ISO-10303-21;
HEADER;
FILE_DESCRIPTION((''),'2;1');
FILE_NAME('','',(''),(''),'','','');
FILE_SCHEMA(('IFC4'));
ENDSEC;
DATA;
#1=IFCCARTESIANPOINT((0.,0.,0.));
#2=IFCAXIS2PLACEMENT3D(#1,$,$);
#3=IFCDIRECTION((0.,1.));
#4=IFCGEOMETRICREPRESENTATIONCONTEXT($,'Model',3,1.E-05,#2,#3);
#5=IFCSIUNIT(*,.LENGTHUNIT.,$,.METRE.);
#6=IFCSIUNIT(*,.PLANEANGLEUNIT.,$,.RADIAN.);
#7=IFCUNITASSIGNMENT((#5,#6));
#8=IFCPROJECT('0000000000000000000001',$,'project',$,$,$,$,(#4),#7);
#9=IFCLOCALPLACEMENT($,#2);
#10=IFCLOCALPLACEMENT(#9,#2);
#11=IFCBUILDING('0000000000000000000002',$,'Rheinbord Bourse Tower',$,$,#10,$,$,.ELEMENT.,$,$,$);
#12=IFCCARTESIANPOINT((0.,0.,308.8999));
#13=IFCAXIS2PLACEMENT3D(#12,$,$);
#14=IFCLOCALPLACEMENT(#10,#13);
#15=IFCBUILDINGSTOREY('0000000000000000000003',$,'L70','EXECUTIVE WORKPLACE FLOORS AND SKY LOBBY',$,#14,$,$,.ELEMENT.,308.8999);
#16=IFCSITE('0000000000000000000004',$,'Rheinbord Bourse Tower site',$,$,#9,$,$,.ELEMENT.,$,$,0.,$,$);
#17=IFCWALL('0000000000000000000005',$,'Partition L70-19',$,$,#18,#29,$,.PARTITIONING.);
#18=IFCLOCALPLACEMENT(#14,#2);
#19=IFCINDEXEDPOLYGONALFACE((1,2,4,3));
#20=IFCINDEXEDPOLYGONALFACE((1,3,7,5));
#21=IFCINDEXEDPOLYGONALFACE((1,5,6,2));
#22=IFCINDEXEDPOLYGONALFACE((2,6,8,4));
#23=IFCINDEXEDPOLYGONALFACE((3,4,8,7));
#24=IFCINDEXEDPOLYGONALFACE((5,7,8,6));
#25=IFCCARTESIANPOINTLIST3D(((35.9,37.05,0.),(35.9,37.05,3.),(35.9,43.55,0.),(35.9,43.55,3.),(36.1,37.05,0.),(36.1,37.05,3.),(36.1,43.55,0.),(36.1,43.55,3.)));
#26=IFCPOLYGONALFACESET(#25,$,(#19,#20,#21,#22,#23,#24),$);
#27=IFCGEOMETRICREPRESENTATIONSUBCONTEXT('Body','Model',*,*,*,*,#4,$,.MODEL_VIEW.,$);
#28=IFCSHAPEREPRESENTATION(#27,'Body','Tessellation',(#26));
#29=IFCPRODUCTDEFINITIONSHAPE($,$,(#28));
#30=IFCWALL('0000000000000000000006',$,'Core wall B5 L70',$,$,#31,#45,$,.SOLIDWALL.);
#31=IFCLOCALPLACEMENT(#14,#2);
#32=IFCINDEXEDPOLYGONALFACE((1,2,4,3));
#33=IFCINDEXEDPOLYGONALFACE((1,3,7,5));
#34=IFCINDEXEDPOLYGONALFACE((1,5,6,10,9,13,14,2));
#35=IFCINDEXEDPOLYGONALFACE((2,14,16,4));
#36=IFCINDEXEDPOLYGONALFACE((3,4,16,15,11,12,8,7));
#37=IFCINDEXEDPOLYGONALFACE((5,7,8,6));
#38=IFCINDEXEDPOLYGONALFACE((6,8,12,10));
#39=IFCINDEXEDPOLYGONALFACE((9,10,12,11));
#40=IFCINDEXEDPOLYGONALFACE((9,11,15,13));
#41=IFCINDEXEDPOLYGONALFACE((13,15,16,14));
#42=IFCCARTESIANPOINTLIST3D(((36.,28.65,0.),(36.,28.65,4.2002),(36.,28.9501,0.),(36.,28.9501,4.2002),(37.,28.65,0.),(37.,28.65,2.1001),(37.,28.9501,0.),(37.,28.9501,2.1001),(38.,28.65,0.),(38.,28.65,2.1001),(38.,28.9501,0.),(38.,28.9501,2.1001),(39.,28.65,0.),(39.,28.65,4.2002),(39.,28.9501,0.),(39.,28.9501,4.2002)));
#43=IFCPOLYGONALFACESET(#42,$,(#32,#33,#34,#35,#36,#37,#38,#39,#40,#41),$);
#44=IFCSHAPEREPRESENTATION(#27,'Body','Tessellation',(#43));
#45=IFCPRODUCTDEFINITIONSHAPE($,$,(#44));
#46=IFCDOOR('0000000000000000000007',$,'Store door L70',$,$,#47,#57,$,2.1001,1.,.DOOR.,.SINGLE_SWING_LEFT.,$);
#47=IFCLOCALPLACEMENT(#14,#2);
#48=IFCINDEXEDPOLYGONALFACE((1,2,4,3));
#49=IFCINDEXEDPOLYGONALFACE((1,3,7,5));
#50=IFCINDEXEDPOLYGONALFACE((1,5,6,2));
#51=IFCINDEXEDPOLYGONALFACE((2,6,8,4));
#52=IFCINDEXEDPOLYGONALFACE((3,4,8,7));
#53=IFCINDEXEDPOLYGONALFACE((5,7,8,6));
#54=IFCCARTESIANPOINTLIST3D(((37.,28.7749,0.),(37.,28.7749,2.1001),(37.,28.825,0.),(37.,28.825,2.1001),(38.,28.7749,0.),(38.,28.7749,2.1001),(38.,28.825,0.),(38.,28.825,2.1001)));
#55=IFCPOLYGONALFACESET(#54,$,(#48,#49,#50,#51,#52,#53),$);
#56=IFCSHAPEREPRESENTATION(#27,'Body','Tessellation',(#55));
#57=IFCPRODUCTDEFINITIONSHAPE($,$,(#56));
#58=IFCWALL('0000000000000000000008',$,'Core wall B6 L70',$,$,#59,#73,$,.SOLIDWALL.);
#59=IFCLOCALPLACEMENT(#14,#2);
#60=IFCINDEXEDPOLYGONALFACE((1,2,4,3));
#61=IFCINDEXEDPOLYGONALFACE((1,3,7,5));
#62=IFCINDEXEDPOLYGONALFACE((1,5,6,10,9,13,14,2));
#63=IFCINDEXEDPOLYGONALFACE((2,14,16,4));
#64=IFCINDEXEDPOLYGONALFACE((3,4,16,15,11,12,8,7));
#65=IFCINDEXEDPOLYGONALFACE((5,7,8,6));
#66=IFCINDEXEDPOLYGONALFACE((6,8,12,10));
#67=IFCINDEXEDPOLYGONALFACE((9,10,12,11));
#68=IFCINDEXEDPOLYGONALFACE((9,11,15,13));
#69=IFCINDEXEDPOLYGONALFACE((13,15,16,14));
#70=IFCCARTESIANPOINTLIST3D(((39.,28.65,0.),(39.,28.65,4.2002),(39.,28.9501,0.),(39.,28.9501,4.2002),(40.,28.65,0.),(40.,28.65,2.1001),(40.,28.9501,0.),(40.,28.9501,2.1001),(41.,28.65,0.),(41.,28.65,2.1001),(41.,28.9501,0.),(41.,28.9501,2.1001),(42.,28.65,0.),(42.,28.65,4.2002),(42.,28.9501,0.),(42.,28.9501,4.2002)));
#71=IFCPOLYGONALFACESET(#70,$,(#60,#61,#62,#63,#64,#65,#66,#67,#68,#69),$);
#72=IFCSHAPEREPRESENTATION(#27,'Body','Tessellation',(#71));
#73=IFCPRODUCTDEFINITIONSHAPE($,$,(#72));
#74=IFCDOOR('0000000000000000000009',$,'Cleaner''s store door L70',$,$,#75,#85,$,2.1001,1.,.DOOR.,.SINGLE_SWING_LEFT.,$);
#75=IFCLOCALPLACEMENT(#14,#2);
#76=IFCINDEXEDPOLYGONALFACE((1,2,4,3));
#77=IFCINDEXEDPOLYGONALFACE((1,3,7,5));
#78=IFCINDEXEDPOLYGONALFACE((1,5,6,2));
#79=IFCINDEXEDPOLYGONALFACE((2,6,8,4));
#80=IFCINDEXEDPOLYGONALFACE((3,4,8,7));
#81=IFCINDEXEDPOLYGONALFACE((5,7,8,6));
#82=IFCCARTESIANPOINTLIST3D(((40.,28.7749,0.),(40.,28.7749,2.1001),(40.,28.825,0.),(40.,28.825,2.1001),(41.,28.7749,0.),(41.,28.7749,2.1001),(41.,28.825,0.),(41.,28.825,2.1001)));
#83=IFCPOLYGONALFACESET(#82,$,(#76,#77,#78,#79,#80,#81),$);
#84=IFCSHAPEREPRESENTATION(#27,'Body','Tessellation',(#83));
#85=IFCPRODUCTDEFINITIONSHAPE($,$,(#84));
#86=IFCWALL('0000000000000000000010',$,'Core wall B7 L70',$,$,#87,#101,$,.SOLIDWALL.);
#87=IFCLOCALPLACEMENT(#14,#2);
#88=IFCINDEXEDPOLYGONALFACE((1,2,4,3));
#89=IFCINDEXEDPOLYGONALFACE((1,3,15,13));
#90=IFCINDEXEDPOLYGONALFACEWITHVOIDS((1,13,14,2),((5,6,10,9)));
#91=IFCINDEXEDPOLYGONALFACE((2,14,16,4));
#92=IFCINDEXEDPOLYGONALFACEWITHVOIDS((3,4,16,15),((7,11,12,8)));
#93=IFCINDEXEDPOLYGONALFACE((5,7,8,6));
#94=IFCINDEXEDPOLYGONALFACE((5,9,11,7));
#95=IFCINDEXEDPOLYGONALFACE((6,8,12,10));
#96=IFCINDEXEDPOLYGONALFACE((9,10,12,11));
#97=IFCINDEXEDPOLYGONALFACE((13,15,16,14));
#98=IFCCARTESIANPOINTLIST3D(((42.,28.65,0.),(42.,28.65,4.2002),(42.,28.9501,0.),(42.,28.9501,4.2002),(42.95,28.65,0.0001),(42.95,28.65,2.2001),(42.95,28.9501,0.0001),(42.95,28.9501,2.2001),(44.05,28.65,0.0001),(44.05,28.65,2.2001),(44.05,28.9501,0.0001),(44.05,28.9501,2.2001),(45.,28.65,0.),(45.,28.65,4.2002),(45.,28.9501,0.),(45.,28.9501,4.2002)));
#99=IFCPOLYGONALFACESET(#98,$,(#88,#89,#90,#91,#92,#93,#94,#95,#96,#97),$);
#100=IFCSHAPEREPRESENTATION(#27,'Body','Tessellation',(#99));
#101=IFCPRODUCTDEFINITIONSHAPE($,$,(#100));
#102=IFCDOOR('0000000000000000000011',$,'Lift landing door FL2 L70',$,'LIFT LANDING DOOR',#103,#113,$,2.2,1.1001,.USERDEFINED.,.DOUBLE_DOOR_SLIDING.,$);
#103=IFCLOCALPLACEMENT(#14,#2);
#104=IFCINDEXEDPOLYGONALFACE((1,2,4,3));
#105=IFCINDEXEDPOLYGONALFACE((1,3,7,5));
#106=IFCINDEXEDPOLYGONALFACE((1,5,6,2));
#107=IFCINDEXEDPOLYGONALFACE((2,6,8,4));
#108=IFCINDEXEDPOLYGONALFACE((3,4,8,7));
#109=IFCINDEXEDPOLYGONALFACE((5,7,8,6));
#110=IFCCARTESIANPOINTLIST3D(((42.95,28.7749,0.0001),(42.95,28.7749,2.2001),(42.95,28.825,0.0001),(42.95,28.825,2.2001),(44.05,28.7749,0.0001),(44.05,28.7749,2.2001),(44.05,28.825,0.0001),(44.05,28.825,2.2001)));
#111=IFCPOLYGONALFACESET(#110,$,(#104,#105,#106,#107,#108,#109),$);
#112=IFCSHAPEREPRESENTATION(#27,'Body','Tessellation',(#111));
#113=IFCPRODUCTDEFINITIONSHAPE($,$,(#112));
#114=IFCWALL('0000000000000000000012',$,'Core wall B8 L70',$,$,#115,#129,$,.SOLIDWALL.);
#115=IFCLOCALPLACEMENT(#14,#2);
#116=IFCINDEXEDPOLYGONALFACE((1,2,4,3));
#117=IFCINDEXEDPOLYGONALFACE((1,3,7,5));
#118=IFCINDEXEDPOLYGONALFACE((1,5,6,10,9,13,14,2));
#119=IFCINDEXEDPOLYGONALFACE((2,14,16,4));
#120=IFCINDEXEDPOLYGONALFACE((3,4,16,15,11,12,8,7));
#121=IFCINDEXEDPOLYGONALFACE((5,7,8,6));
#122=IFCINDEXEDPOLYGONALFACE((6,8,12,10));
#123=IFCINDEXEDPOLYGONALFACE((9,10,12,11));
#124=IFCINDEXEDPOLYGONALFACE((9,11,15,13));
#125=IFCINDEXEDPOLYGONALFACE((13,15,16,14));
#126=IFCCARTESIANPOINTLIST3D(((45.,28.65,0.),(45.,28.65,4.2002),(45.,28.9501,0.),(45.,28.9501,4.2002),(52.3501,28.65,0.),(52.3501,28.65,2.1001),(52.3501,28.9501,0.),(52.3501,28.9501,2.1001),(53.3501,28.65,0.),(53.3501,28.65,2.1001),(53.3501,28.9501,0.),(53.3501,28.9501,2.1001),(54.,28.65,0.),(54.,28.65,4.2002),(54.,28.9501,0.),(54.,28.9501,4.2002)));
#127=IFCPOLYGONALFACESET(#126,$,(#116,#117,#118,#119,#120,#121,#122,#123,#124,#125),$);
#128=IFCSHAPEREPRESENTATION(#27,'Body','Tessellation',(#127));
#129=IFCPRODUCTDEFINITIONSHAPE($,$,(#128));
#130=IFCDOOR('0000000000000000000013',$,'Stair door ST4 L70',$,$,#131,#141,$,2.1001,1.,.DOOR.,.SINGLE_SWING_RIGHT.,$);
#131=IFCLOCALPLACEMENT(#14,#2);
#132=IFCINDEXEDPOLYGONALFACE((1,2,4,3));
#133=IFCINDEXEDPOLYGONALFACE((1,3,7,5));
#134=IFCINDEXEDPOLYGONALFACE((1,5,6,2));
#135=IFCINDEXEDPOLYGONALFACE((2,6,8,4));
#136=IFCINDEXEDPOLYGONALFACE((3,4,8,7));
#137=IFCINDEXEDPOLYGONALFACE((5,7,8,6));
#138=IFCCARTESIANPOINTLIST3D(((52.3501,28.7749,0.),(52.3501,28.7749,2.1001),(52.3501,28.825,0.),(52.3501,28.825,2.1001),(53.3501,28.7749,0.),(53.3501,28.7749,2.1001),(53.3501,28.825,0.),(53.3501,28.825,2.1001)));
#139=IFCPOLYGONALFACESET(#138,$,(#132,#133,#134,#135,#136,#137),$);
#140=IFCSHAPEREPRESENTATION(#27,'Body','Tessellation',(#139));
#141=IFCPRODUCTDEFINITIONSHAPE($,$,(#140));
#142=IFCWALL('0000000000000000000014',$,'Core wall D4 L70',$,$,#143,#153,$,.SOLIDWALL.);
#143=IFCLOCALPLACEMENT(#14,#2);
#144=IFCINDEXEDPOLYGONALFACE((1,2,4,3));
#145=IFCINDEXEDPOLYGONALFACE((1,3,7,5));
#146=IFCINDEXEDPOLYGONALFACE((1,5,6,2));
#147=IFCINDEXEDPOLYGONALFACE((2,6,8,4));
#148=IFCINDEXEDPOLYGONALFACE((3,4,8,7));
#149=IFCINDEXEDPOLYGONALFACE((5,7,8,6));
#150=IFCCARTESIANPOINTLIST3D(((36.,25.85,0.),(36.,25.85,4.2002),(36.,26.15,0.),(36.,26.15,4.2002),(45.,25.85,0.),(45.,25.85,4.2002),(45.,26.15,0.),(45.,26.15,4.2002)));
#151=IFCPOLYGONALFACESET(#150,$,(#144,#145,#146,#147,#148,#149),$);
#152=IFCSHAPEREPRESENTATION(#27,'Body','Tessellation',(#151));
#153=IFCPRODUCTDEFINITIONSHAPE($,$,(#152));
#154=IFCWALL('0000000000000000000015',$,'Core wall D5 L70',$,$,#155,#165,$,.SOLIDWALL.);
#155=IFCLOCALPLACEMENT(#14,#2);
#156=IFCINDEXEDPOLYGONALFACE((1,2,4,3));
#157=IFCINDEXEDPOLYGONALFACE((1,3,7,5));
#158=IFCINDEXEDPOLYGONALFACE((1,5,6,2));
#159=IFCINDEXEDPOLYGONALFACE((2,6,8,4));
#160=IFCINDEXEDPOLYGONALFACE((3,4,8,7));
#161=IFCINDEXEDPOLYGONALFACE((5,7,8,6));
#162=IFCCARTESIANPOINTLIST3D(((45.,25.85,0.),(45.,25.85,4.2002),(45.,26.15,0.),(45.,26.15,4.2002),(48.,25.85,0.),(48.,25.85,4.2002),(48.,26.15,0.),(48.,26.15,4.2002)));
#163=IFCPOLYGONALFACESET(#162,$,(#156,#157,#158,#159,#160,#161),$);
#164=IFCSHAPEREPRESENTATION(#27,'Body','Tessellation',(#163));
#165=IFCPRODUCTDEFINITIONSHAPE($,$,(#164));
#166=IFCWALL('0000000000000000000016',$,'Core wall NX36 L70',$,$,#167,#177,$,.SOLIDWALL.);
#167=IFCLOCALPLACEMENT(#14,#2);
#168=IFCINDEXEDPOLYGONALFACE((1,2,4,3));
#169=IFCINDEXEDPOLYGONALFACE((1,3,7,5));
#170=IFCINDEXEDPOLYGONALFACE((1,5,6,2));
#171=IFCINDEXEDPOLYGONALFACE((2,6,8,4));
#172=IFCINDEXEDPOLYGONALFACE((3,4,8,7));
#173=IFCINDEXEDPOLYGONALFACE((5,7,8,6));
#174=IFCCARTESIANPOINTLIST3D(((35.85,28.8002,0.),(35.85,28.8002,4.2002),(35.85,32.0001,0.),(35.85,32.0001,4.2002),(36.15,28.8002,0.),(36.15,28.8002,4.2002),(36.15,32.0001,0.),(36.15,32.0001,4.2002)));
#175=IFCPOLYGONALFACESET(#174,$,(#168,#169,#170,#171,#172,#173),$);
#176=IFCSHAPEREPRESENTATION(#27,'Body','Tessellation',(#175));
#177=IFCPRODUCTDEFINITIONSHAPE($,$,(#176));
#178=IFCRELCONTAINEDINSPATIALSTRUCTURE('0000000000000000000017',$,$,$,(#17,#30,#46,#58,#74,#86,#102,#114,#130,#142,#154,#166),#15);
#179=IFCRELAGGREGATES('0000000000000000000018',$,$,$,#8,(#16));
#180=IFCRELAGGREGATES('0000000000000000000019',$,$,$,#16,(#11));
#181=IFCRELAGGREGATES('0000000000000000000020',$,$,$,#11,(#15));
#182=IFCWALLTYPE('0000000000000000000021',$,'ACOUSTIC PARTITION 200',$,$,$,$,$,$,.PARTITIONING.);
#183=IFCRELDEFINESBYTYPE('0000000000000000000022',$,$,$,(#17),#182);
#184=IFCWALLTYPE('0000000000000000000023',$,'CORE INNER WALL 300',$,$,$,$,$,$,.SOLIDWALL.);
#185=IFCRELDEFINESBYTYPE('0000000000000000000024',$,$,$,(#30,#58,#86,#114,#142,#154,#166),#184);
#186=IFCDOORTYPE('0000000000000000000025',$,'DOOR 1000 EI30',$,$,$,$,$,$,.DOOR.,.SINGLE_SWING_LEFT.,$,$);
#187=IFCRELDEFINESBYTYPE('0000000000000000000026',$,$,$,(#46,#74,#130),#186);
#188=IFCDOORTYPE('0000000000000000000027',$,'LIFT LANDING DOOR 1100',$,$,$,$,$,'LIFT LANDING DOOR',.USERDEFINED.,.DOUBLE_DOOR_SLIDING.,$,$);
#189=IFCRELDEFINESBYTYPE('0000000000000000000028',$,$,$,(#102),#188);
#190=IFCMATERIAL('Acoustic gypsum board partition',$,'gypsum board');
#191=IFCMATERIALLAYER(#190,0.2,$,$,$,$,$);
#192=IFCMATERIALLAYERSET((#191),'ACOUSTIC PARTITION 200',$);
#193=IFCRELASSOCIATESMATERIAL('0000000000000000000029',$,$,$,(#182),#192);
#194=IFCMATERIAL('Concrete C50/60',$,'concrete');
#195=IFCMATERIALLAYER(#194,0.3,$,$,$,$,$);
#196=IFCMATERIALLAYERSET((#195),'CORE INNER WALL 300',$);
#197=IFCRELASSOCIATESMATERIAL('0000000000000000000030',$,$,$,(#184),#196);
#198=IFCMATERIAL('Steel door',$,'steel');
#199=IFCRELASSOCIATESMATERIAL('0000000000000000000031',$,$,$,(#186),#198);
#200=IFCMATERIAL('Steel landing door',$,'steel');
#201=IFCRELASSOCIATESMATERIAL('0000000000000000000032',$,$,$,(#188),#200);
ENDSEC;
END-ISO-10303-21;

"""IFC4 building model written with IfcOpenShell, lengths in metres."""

from ifc_helpers import new_model, si_unit, direction, frame, frame_2d, origin, place, context, subcontext, project, spatial, rectangle, extrude, material, layer, layer_set, type_object, element, fill, save


model = new_model("IFC4")

# Units and contexts
model_context = context("Model", 3, precision=1e-05, world=origin(), true_north=direction((0.0, 1.0)))
body_context = subcontext(model_context, "Body", "Model", "MODEL_VIEW")
ifc_project = project(units=[si_unit("LENGTHUNIT", "METRE"), si_unit("PLANEANGLEUNIT", "RADIAN")], contexts=[model_context])

# Site, building, storey
site_placement = place(None, origin())
site = spatial("IfcSite", under=ifc_project, at=site_placement, Name="Rheinbord Bourse Tower site", CompositionType="ELEMENT", RefElevation=0.0)
building_placement = place(site_placement, origin())
building = spatial("IfcBuilding", under=site, at=building_placement, Name="Rheinbord Bourse Tower", CompositionType="ELEMENT")
storey_placement = place(building_placement, frame((0.0, 0.0, 308.8999)))
storey = spatial("IfcBuildingStorey", under=building, at=storey_placement, Name="L70", Description="EXECUTIVE WORKPLACE FLOORS AND SKY LOBBY", CompositionType="ELEMENT", Elevation=308.8999)

# Wall
ifc_material_1 = material(Name="Acoustic gypsum board partition", Category="gypsum board")
ifc_layer_1 = layer(ifc_material_1, 0.2)
ifc_layer_set_1 = layer_set([ifc_layer_1], Name="ACOUSTIC PARTITION 200")
wall_type_1 = type_object("IfcWallType", Name="ACOUSTIC PARTITION 200", PredefinedType="PARTITIONING", material=ifc_layer_set_1)
wall_1_placement = place(storey_placement, frame((36.0, 37.05, 0.0), z_axis=(0.0, 0.0, 1.0), x_axis=(0.0, 1.0, 0.0)))
element("IfcWall", 1, at=wall_1_placement, inside=storey, type_object=wall_type_1, Name="Partition L70-19", PredefinedType="PARTITIONING", context=body_context, shape_type="SweptSolid", body=[
    extrude(rectangle(XDim=6.5, YDim=0.2, at=frame_2d((3.25, 0.0))), origin(), (0.0, 0.0, 1.0), 3.0),
])

# Walls, openings, doors
ifc_material_2 = material(Name="Concrete C50/60", Category="concrete")
ifc_layer_2 = layer(ifc_material_2, 0.3)
ifc_layer_set_2 = layer_set([ifc_layer_2], Name="CORE INNER WALL 300")
wall_type_2 = type_object("IfcWallType", Name="CORE INNER WALL 300", PredefinedType="SOLIDWALL", material=ifc_layer_set_2)
wall_2_placement = place(storey_placement, frame((36.0, 28.8, 0.0), z_axis=(0.0, 0.0, 1.0), x_axis=(1.0, 0.0, 0.0)))
wall_2 = element("IfcWall", 2, at=wall_2_placement, inside=storey, type_object=wall_type_2, Name="Core wall B5 L70", PredefinedType="SOLIDWALL", context=body_context, shape_type="SweptSolid", body=[
    extrude(rectangle(XDim=3.0, YDim=0.3, at=frame_2d((1.5, 0.0))), origin(), (0.0, 0.0, 1.0), 4.2002),
])
opening_1_placement = place(wall_2_placement, frame((1.0, 0.0, 0.0)))
opening_1 = element("IfcOpeningElement", 3, at=opening_1_placement, cuts=wall_2, PredefinedType="OPENING", context=body_context, shape_type="SweptSolid", body=[
    extrude(rectangle(XDim=1.0, YDim=2.1001, at=frame_2d((0.5, 1.05))), frame((0.0, 0.1599, 0.0), z_axis=(0.0, -1.0, 0.0), x_axis=(1.0, 0.0, 0.0)), (0.0, 0.0, 1.0), 0.3201),
])
ifc_material_3 = material(Name="Steel door", Category="steel")
door_type_1 = type_object("IfcDoorType", Name="DOOR 1000 EI30", OperationType="SINGLE_SWING_LEFT", PredefinedType="DOOR", material=ifc_material_3)
door_1_placement = place(opening_1_placement, origin())
door_1 = element("IfcDoor", 4, at=door_1_placement, inside=storey, type_object=door_type_1, Name="Store door L70", OperationType="SINGLE_SWING_LEFT", OverallHeight=2.1001, OverallWidth=1.0, PredefinedType="DOOR", context=body_context, shape_type="SweptSolid", body=[
    extrude(rectangle(XDim=1.0, YDim=2.1001, at=frame_2d((0.5, 1.05))), frame((0.0, 0.0249, 0.0), z_axis=(0.0, -1.0, 0.0), x_axis=(1.0, 0.0, 0.0)), (0.0, 0.0, 1.0), 0.05),
])
fill(opening_1, door_1)
wall_3_placement = place(storey_placement, frame((39.0, 28.8, 0.0), z_axis=(0.0, 0.0, 1.0), x_axis=(1.0, 0.0, 0.0)))
wall_3 = element("IfcWall", 5, at=wall_3_placement, inside=storey, type_object=wall_type_2, Name="Core wall B6 L70", PredefinedType="SOLIDWALL", context=body_context, shape_type="SweptSolid", body=[
    extrude(rectangle(XDim=3.0, YDim=0.3, at=frame_2d((1.5, 0.0))), origin(), (0.0, 0.0, 1.0), 4.2002),
])
opening_2_placement = place(wall_3_placement, frame((1.0, 0.0, 0.0)))
opening_2 = element("IfcOpeningElement", 6, at=opening_2_placement, cuts=wall_3, PredefinedType="OPENING", context=body_context, shape_type="SweptSolid", body=[
    extrude(rectangle(XDim=1.0, YDim=2.1001, at=frame_2d((0.5, 1.05))), frame((0.0, 0.1599, 0.0), z_axis=(0.0, -1.0, 0.0), x_axis=(1.0, 0.0, 0.0)), (0.0, 0.0, 1.0), 0.3201),
])
door_2_placement = place(opening_2_placement, origin())
door_2 = element("IfcDoor", 7, at=door_2_placement, inside=storey, type_object=door_type_1, Name="Cleaner's store door L70", OperationType="SINGLE_SWING_LEFT", OverallHeight=2.1001, OverallWidth=1.0, PredefinedType="DOOR", context=body_context, shape_type="SweptSolid", body=[
    extrude(rectangle(XDim=1.0, YDim=2.1001, at=frame_2d((0.5, 1.05))), frame((0.0, 0.0249, 0.0), z_axis=(0.0, -1.0, 0.0), x_axis=(1.0, 0.0, 0.0)), (0.0, 0.0, 1.0), 0.05),
])
fill(opening_2, door_2)
wall_4_placement = place(storey_placement, frame((42.0, 28.8, 0.0), z_axis=(0.0, 0.0, 1.0), x_axis=(1.0, 0.0, 0.0)))
wall_4 = element("IfcWall", 8, at=wall_4_placement, inside=storey, type_object=wall_type_2, Name="Core wall B7 L70", PredefinedType="SOLIDWALL", context=body_context, shape_type="SweptSolid", body=[
    extrude(rectangle(XDim=3.0, YDim=0.3, at=frame_2d((1.5, 0.0))), origin(), (0.0, 0.0, 1.0), 4.2002),
])
opening_3_placement = place(wall_4_placement, frame((0.95, 0.0, 0.0)))
opening_3 = element("IfcOpeningElement", 9, at=opening_3_placement, cuts=wall_4, PredefinedType="OPENING", context=body_context, shape_type="SweptSolid", body=[
    extrude(rectangle(XDim=1.1001, YDim=2.2, at=frame_2d((0.55, 1.1001))), frame((0.0, 0.1599, 0.0), z_axis=(0.0, -1.0, 0.0), x_axis=(1.0, 0.0, 0.0)), (0.0, 0.0, 1.0), 0.3201),
])
ifc_material_4 = material(Name="Steel landing door", Category="steel")
door_type_2 = type_object("IfcDoorType", Name="LIFT LANDING DOOR 1100", ElementType="LIFT LANDING DOOR", OperationType="DOUBLE_DOOR_SLIDING", PredefinedType="USERDEFINED", material=ifc_material_4)
door_3_placement = place(opening_3_placement, origin())
door_3 = element("IfcDoor", 10, at=door_3_placement, inside=storey, type_object=door_type_2, Name="Lift landing door FL2 L70", ObjectType="LIFT LANDING DOOR", OperationType="DOUBLE_DOOR_SLIDING", OverallHeight=2.2, OverallWidth=1.1001, PredefinedType="USERDEFINED", context=body_context, shape_type="SweptSolid", body=[
    extrude(rectangle(XDim=1.1001, YDim=2.2, at=frame_2d((0.55, 1.1001))), frame((0.0, 0.0249, 0.0), z_axis=(0.0, -1.0, 0.0), x_axis=(1.0, 0.0, 0.0)), (0.0, 0.0, 1.0), 0.05),
])
fill(opening_3, door_3)
wall_5_placement = place(storey_placement, frame((45.0, 28.8, 0.0), z_axis=(0.0, 0.0, 1.0), x_axis=(1.0, 0.0, 0.0)))
wall_5 = element("IfcWall", 11, at=wall_5_placement, inside=storey, type_object=wall_type_2, Name="Core wall B8 L70", PredefinedType="SOLIDWALL", context=body_context, shape_type="SweptSolid", body=[
    extrude(rectangle(XDim=9.0, YDim=0.3, at=frame_2d((4.5, 0.0))), origin(), (0.0, 0.0, 1.0), 4.2002),
])
opening_4_placement = place(wall_5_placement, frame((7.3501, 0.0, 0.0)))
opening_4 = element("IfcOpeningElement", 12, at=opening_4_placement, cuts=wall_5, PredefinedType="OPENING", context=body_context, shape_type="SweptSolid", body=[
    extrude(rectangle(XDim=1.0, YDim=2.1001, at=frame_2d((0.5, 1.05))), frame((0.0, 0.1599, 0.0), z_axis=(0.0, -1.0, 0.0), x_axis=(1.0, 0.0, 0.0)), (0.0, 0.0, 1.0), 0.3201),
])
door_4_placement = place(opening_4_placement, origin())
door_4 = element("IfcDoor", 13, at=door_4_placement, inside=storey, type_object=door_type_1, Name="Stair door ST4 L70", OperationType="SINGLE_SWING_RIGHT", OverallHeight=2.1001, OverallWidth=1.0, PredefinedType="DOOR", context=body_context, shape_type="SweptSolid", body=[
    extrude(rectangle(XDim=1.0, YDim=2.1001, at=frame_2d((0.5, 1.05))), frame((0.0, 0.0249, 0.0), z_axis=(0.0, -1.0, 0.0), x_axis=(1.0, 0.0, 0.0)), (0.0, 0.0, 1.0), 0.05),
])
fill(opening_4, door_4)

# Walls
wall_6_placement = place(storey_placement, frame((36.0, 26.0, 0.0), z_axis=(0.0, 0.0, 1.0), x_axis=(1.0, 0.0, 0.0)))
element("IfcWall", 14, at=wall_6_placement, inside=storey, type_object=wall_type_2, Name="Core wall D4 L70", PredefinedType="SOLIDWALL", context=body_context, shape_type="SweptSolid", body=[
    extrude(rectangle(XDim=9.0, YDim=0.3, at=frame_2d((4.5, 0.0))), origin(), (0.0, 0.0, 1.0), 4.2002),
])
wall_7_placement = place(storey_placement, frame((45.0, 26.0, 0.0), z_axis=(0.0, 0.0, 1.0), x_axis=(1.0, 0.0, 0.0)))
element("IfcWall", 15, at=wall_7_placement, inside=storey, type_object=wall_type_2, Name="Core wall D5 L70", PredefinedType="SOLIDWALL", context=body_context, shape_type="SweptSolid", body=[
    extrude(rectangle(XDim=3.0, YDim=0.3, at=frame_2d((1.5, 0.0))), origin(), (0.0, 0.0, 1.0), 4.2002),
])
for number, where, z_axis, x_axis, name in (
    (16, (36.0, 28.8, 0.0), (0.0, 0.0, 1.0), (0.0, 1.0, 0.0), "Core wall NX36 L70"),
):
    element("IfcWall", number, at=place(storey_placement, frame(where, z_axis=z_axis, x_axis=x_axis)), inside=storey, type_object=wall_type_2, Name=name, PredefinedType="SOLIDWALL", context=body_context, shape_type="SweptSolid", body=[
        extrude(rectangle(XDim=3.2, YDim=0.3, at=frame_2d((1.6001, 0.0))), origin(), (0.0, 0.0, 1.0), 4.2002),
    ])

save(model, "model.ifc")
